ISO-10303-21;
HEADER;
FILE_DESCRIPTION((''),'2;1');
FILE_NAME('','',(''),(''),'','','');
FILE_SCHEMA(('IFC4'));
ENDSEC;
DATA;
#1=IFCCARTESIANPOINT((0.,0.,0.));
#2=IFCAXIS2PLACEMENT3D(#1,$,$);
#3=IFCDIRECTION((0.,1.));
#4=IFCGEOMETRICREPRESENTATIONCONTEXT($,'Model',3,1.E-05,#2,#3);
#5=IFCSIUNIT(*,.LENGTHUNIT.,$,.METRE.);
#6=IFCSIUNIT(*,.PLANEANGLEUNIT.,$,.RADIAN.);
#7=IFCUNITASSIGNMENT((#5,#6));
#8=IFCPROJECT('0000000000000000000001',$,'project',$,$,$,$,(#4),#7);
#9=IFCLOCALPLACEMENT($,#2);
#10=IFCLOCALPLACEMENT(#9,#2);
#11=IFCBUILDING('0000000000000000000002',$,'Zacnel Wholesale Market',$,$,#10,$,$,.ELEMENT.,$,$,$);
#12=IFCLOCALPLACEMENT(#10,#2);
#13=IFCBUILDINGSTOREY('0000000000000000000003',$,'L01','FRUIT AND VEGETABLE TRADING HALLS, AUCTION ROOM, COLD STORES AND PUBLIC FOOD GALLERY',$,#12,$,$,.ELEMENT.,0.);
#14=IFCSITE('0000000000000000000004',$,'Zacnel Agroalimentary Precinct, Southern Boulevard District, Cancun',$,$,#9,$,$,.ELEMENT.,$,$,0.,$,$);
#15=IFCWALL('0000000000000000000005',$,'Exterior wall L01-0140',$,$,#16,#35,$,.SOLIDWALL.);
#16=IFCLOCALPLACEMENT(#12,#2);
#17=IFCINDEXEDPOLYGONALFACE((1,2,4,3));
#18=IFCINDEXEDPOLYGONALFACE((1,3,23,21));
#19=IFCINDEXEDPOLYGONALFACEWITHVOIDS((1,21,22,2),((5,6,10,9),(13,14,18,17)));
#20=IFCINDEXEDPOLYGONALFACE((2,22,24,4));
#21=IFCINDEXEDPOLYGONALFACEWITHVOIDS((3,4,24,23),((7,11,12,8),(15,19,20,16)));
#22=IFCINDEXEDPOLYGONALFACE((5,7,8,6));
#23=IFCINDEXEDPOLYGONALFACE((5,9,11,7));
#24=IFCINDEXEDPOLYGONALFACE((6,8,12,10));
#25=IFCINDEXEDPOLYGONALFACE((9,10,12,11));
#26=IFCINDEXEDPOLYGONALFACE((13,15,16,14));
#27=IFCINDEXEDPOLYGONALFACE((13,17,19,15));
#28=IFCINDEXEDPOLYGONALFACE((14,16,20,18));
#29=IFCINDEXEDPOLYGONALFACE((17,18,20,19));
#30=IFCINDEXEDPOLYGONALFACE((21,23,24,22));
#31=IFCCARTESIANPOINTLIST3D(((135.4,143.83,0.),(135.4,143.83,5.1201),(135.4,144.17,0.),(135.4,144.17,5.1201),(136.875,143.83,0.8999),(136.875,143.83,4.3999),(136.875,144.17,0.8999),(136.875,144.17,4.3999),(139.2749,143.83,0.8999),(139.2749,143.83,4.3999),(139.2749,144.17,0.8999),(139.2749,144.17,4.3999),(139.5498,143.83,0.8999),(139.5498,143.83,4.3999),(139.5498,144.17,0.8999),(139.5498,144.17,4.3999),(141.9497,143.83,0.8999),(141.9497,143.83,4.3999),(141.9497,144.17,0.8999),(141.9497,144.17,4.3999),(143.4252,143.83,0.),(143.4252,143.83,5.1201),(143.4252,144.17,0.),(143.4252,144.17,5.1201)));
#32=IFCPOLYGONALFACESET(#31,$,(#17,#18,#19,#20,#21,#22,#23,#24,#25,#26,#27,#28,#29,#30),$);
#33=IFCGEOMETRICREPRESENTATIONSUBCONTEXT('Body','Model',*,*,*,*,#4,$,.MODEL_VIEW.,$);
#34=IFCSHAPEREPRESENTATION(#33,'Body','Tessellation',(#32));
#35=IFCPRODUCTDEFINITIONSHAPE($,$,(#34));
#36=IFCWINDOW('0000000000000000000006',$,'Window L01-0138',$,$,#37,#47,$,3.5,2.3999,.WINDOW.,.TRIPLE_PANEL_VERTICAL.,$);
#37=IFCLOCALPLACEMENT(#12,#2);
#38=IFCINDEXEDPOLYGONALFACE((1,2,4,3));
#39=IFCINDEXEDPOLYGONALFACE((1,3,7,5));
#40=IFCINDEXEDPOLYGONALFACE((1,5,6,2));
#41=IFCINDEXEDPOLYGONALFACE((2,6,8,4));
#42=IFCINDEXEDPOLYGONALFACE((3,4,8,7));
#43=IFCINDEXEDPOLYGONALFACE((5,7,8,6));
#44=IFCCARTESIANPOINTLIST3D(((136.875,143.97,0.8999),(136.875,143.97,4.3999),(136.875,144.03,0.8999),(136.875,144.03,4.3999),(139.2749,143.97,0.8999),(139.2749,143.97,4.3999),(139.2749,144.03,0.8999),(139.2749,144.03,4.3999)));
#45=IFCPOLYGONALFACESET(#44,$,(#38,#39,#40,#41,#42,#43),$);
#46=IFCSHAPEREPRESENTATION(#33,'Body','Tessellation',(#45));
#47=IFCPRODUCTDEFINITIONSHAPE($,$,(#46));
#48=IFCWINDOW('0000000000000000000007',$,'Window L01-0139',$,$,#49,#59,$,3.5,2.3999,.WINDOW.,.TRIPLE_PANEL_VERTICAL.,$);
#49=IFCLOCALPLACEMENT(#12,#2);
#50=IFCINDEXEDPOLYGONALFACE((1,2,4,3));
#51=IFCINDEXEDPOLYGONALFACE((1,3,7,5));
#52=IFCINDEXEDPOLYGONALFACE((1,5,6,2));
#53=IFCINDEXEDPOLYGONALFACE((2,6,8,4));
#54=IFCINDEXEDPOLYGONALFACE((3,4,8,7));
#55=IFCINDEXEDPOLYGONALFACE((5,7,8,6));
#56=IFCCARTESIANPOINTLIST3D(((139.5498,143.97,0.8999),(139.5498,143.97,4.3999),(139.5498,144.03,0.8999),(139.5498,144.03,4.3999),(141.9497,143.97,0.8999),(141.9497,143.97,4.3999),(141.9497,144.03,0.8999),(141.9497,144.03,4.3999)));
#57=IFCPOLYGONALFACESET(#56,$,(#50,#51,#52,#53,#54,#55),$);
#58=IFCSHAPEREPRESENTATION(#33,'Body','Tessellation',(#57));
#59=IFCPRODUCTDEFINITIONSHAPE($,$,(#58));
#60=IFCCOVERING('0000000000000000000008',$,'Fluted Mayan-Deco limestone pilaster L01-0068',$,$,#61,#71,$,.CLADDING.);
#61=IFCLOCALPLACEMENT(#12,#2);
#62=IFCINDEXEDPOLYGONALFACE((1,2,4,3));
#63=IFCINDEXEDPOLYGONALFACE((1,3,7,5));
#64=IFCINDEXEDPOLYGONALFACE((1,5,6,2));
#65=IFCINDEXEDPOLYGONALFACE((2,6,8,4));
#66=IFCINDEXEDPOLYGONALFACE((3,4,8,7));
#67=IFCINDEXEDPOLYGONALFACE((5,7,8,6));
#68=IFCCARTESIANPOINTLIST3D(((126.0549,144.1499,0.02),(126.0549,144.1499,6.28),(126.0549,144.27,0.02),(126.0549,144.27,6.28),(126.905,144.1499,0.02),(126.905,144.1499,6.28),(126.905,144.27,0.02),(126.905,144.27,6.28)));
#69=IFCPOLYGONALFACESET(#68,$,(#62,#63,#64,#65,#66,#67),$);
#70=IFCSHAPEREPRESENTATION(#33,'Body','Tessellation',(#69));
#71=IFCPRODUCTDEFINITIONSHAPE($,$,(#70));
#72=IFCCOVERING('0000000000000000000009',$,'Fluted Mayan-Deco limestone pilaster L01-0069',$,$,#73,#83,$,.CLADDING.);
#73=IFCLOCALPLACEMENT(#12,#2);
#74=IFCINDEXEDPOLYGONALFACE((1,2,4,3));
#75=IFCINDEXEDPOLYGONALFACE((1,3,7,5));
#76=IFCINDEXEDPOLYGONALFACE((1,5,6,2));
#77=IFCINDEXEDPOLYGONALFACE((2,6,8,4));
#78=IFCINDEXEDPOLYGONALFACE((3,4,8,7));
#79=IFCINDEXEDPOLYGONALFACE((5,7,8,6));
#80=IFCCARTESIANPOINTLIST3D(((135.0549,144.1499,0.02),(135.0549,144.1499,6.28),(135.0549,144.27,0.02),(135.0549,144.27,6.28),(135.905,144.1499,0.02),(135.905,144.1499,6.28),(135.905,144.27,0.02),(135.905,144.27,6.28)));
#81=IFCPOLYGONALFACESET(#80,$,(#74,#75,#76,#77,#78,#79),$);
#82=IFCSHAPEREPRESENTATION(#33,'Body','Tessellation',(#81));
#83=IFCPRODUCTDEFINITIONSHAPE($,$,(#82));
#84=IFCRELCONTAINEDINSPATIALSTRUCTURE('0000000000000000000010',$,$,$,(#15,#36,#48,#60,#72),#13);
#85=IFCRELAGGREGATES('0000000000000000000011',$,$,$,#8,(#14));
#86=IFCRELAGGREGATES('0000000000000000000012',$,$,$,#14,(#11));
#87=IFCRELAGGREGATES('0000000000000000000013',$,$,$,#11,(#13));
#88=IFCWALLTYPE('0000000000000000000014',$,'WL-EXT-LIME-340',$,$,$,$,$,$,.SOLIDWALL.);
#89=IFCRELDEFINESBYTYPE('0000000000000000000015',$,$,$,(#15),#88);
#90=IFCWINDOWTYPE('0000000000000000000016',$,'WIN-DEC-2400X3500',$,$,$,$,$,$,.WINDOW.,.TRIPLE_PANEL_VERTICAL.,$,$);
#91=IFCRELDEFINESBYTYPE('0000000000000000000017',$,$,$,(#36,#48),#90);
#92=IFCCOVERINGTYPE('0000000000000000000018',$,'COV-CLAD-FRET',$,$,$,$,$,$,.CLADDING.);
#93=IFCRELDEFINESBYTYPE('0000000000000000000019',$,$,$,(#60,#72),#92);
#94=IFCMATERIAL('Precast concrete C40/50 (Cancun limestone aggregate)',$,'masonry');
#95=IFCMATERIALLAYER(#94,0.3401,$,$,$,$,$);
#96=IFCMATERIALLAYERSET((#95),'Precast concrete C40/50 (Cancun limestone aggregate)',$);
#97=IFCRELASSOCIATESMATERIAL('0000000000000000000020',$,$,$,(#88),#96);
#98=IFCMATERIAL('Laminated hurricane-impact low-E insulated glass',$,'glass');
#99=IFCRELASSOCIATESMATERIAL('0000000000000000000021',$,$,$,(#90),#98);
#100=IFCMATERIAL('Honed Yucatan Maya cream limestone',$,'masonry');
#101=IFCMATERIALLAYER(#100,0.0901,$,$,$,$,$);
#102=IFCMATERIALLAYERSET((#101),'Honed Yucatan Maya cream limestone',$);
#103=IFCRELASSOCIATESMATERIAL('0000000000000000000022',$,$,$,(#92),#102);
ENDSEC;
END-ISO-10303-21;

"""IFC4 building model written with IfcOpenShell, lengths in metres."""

from ifc_helpers import new_model, si_unit, direction, frame, frame_2d, origin, origin_2d, place, context, subcontext, project, spatial, rectangle, extrude, material, layer, layer_set, type_object, element, fill, save


model = new_model("IFC4")

# Units and contexts
model_context = context("Model", 3, precision=1e-05, world=origin(), true_north=direction((0.0, 1.0)))
body_context = subcontext(model_context, "Body", "Model", "MODEL_VIEW")
ifc_project = project(units=[si_unit("LENGTHUNIT", "METRE"), si_unit("PLANEANGLEUNIT", "RADIAN")], contexts=[model_context])

# Site, building, storey
site_placement = place(None, origin())
site = spatial("IfcSite", under=ifc_project, at=site_placement, Name="Zacnel Agroalimentary Precinct, Southern Boulevard District, Cancun", CompositionType="ELEMENT", RefElevation=0.0)
building_placement = place(site_placement, origin())
building = spatial("IfcBuilding", under=site, at=building_placement, Name="Zacnel Wholesale Market", CompositionType="ELEMENT")
storey_placement = place(building_placement, origin())
storey = spatial("IfcBuildingStorey", under=building, at=storey_placement, Name="L01", Description="FRUIT AND VEGETABLE TRADING HALLS, AUCTION ROOM, COLD STORES AND PUBLIC FOOD GALLERY", CompositionType="ELEMENT", Elevation=0.0)

# Shared definitions
ifc_material_1 = material(Name="Precast concrete C40/50 (Cancun limestone aggregate)", Category="masonry")
ifc_layer_1 = layer(ifc_material_1, 0.3401)
ifc_layer_set_1 = layer_set([ifc_layer_1], Name="Precast concrete C40/50 (Cancun limestone aggregate)")
wall_type = type_object("IfcWallType", Name="WL-EXT-LIME-340", PredefinedType="SOLIDWALL", material=ifc_layer_set_1)

# Wall, openings, windows
wall_1_placement = place(storey_placement, frame((135.3999, 144.0, 0.0), z_axis=(0.0, 0.0, 1.0), x_axis=(1.0, 0.0, 0.0)))
wall_1 = element("IfcWall", 1, at=wall_1_placement, inside=storey, type_object=wall_type, Name="Exterior wall L01-0140", PredefinedType="SOLIDWALL", context=body_context, shape_type="SweptSolid", body=[
    extrude(rectangle(XDim=8.0251, YDim=0.3401, at=frame_2d((4.0127, 0.0))), origin(), (0.0, 0.0, 1.0), 5.1201),
])
opening_1_placement = place(wall_1_placement, frame((1.4751, 0.0, 0.8999)))
opening_1 = element("IfcOpeningElement", 2, at=opening_1_placement, cuts=wall_1, PredefinedType="OPENING", context=body_context, shape_type="SweptSolid", body=[
    extrude(rectangle(XDim=2.3999, YDim=3.5, at=frame_2d((1.2, 1.75))), frame((0.0, 0.1799, 0.0), z_axis=(0.0, -1.0, 0.0), x_axis=(1.0, 0.0, 0.0)), (0.0, 0.0, 1.0), 0.3601),
])
opening_2_placement = place(wall_1_placement, frame((4.1499, 0.0, 0.8999)))
opening_2 = element("IfcOpeningElement", 3, at=opening_2_placement, cuts=wall_1, PredefinedType="OPENING", context=body_context, shape_type="SweptSolid", body=[
    extrude(rectangle(XDim=2.3999, YDim=3.5, at=frame_2d((1.2, 1.75))), frame((0.0, 0.1799, 0.0), z_axis=(0.0, -1.0, 0.0), x_axis=(1.0, 0.0, 0.0)), (0.0, 0.0, 1.0), 0.3601),
])
ifc_material_2 = material(Name="Laminated hurricane-impact low-E insulated glass", Category="glass")
window_type = type_object("IfcWindowType", Name="WIN-DEC-2400X3500", PartitioningType="TRIPLE_PANEL_VERTICAL", PredefinedType="WINDOW", material=ifc_material_2)
window_1_placement = place(opening_1_placement, origin())
window_1 = element("IfcWindow", 4, at=window_1_placement, inside=storey, type_object=window_type, Name="Window L01-0138", OverallHeight=3.5, OverallWidth=2.3999, PartitioningType="TRIPLE_PANEL_VERTICAL", PredefinedType="WINDOW", context=body_context, shape_type="SweptSolid", body=[
    extrude(rectangle(XDim=2.3999, YDim=3.5, at=frame_2d((1.2, 1.75))), frame((0.0, 0.03, 0.0), z_axis=(0.0, -1.0, 0.0), x_axis=(1.0, 0.0, 0.0)), (0.0, 0.0, 1.0), 0.0601),
])
fill(opening_1, window_1)
window_2_placement = place(opening_2_placement, origin())
window_2 = element("IfcWindow", 5, at=window_2_placement, inside=storey, type_object=window_type, Name="Window L01-0139", OverallHeight=3.5, OverallWidth=2.3999, PartitioningType="TRIPLE_PANEL_VERTICAL", PredefinedType="WINDOW", context=body_context, shape_type="SweptSolid", body=[
    extrude(rectangle(XDim=2.3999, YDim=3.5, at=frame_2d((1.2, 1.75))), frame((0.0, 0.03, 0.0), z_axis=(0.0, -1.0, 0.0), x_axis=(1.0, 0.0, 0.0)), (0.0, 0.0, 1.0), 0.0601),
])
fill(opening_2, window_2)

# Coverings
ifc_material_3 = material(Name="Honed Yucatan Maya cream limestone", Category="masonry")
ifc_layer_2 = layer(ifc_material_3, 0.0901)
ifc_layer_set_2 = layer_set([ifc_layer_2], Name="Honed Yucatan Maya cream limestone")
covering_type = type_object("IfcCoveringType", Name="COV-CLAD-FRET", PredefinedType="CLADDING", material=ifc_layer_set_2)
for number, where, z_axis, x_axis, name in (
    (6, (126.48, 144.21, 0.02), (0.0, 0.0, 1.0), (1.0, 0.0, 0.0), "Fluted Mayan-Deco limestone pilaster L01-0068"),
    (7, (135.48, 144.21, 0.02), (0.0, 0.0, 1.0), (1.0, 0.0, 0.0), "Fluted Mayan-Deco limestone pilaster L01-0069"),
):
    element("IfcCovering", number, at=place(storey_placement, frame(where, z_axis=z_axis, x_axis=x_axis)), inside=storey, type_object=covering_type, Name=name, PredefinedType="CLADDING", context=body_context, shape_type="SweptSolid", body=[
        extrude(rectangle(XDim=0.8501, YDim=0.1201, at=origin_2d()), origin(), (0.0, 0.0, 1.0), 6.26),
    ])

save(model, "model.ifc")
